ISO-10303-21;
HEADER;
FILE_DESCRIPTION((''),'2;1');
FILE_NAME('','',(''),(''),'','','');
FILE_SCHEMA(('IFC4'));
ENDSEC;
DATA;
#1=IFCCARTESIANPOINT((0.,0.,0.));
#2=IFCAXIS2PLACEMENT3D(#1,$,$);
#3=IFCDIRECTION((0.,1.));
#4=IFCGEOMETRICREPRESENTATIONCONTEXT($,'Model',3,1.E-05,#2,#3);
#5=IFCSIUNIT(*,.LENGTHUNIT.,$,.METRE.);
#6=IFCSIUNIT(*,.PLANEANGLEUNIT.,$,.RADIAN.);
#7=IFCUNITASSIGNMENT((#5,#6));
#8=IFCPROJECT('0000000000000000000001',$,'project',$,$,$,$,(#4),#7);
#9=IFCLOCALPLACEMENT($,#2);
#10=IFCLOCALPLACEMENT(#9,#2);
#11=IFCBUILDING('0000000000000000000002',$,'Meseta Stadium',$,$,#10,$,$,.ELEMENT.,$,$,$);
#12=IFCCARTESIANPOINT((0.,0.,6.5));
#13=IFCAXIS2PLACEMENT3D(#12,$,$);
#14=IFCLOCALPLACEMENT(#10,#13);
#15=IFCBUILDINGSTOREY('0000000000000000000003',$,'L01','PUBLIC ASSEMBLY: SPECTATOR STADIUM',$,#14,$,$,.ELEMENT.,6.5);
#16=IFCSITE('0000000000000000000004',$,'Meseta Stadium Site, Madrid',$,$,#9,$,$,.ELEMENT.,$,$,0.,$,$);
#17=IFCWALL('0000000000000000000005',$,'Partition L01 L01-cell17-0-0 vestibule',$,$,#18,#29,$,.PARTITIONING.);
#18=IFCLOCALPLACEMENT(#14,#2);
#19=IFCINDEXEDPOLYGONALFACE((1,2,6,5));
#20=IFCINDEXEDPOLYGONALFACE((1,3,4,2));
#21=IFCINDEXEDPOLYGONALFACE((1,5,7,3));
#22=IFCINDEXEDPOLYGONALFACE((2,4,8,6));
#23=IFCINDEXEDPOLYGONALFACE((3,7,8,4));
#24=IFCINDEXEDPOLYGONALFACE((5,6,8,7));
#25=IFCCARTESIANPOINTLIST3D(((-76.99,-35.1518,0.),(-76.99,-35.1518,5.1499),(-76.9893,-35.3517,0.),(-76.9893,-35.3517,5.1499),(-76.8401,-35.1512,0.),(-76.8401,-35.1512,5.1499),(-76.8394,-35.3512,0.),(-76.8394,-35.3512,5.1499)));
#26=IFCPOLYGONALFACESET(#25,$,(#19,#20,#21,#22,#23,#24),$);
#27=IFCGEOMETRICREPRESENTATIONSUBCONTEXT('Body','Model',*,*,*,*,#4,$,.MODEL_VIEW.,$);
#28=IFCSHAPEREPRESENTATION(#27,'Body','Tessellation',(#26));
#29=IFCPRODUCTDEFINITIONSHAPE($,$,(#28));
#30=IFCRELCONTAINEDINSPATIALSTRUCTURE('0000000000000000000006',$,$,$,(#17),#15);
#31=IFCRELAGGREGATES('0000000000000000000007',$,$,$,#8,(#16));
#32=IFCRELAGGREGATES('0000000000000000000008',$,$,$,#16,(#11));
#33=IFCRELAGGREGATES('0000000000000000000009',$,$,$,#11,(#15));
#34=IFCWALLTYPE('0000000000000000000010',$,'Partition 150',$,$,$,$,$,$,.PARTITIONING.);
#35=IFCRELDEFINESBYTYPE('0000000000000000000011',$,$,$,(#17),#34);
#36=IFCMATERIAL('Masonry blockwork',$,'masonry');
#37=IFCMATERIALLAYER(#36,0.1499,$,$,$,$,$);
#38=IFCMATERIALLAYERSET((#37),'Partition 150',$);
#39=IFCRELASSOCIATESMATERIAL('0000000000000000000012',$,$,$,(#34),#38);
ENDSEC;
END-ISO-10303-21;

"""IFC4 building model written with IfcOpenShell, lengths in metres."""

from ifc_helpers import new_model, si_unit, direction, frame, frame_2d, origin, place, context, subcontext, project, spatial, rectangle, extrude, material, layer, layer_set, type_object, element, save


model = new_model("IFC4")

# Units and contexts
model_context = context("Model", 3, precision=1e-05, world=origin(), true_north=direction((0.0, 1.0)))
body_context = subcontext(model_context, "Body", "Model", "MODEL_VIEW")
ifc_project = project(units=[si_unit("LENGTHUNIT", "METRE"), si_unit("PLANEANGLEUNIT", "RADIAN")], contexts=[model_context])

# Site, building, storey
site_placement = place(None, origin())
site = spatial("IfcSite", under=ifc_project, at=site_placement, Name="Meseta Stadium Site, Madrid", CompositionType="ELEMENT", RefElevation=0.0)
building_placement = place(site_placement, origin())
building = spatial("IfcBuilding", under=site, at=building_placement, Name="Meseta Stadium", CompositionType="ELEMENT")
storey_placement = place(building_placement, frame((0.0, 0.0, 6.5)))
storey = spatial("IfcBuildingStorey", under=building, at=storey_placement, Name="L01", Description="PUBLIC ASSEMBLY: SPECTATOR STADIUM", CompositionType="ELEMENT", Elevation=6.5)

# Shared definitions
ifc_material_1 = material(Name="Masonry blockwork", Category="masonry")
ifc_layer = layer(ifc_material_1, 0.1499)
ifc_layer_set = layer_set([ifc_layer], Name="Partition 150")
wall_type = type_object("IfcWallType", Name="Partition 150", PredefinedType="PARTITIONING", material=ifc_layer_set)

# Wall
wall_1_placement = place(storey_placement, frame((-76.9143, -35.3516, 0.0), z_axis=(0.0, 0.0, 1.0), x_axis=(-0.003663, 0.999993, 0.0)))
element("IfcWall", 1, at=wall_1_placement, inside=storey, type_object=wall_type, Name="Partition L01 L01-cell17-0-0 vestibule", PredefinedType="PARTITIONING", context=body_context, shape_type="SweptSolid", body=[
    extrude(rectangle(XDim=0.2, YDim=0.1499, at=frame_2d((0.1001, 0.0))), origin(), (0.0, 0.0, 1.0), 5.1499),
])

save(model, "model.ifc")
